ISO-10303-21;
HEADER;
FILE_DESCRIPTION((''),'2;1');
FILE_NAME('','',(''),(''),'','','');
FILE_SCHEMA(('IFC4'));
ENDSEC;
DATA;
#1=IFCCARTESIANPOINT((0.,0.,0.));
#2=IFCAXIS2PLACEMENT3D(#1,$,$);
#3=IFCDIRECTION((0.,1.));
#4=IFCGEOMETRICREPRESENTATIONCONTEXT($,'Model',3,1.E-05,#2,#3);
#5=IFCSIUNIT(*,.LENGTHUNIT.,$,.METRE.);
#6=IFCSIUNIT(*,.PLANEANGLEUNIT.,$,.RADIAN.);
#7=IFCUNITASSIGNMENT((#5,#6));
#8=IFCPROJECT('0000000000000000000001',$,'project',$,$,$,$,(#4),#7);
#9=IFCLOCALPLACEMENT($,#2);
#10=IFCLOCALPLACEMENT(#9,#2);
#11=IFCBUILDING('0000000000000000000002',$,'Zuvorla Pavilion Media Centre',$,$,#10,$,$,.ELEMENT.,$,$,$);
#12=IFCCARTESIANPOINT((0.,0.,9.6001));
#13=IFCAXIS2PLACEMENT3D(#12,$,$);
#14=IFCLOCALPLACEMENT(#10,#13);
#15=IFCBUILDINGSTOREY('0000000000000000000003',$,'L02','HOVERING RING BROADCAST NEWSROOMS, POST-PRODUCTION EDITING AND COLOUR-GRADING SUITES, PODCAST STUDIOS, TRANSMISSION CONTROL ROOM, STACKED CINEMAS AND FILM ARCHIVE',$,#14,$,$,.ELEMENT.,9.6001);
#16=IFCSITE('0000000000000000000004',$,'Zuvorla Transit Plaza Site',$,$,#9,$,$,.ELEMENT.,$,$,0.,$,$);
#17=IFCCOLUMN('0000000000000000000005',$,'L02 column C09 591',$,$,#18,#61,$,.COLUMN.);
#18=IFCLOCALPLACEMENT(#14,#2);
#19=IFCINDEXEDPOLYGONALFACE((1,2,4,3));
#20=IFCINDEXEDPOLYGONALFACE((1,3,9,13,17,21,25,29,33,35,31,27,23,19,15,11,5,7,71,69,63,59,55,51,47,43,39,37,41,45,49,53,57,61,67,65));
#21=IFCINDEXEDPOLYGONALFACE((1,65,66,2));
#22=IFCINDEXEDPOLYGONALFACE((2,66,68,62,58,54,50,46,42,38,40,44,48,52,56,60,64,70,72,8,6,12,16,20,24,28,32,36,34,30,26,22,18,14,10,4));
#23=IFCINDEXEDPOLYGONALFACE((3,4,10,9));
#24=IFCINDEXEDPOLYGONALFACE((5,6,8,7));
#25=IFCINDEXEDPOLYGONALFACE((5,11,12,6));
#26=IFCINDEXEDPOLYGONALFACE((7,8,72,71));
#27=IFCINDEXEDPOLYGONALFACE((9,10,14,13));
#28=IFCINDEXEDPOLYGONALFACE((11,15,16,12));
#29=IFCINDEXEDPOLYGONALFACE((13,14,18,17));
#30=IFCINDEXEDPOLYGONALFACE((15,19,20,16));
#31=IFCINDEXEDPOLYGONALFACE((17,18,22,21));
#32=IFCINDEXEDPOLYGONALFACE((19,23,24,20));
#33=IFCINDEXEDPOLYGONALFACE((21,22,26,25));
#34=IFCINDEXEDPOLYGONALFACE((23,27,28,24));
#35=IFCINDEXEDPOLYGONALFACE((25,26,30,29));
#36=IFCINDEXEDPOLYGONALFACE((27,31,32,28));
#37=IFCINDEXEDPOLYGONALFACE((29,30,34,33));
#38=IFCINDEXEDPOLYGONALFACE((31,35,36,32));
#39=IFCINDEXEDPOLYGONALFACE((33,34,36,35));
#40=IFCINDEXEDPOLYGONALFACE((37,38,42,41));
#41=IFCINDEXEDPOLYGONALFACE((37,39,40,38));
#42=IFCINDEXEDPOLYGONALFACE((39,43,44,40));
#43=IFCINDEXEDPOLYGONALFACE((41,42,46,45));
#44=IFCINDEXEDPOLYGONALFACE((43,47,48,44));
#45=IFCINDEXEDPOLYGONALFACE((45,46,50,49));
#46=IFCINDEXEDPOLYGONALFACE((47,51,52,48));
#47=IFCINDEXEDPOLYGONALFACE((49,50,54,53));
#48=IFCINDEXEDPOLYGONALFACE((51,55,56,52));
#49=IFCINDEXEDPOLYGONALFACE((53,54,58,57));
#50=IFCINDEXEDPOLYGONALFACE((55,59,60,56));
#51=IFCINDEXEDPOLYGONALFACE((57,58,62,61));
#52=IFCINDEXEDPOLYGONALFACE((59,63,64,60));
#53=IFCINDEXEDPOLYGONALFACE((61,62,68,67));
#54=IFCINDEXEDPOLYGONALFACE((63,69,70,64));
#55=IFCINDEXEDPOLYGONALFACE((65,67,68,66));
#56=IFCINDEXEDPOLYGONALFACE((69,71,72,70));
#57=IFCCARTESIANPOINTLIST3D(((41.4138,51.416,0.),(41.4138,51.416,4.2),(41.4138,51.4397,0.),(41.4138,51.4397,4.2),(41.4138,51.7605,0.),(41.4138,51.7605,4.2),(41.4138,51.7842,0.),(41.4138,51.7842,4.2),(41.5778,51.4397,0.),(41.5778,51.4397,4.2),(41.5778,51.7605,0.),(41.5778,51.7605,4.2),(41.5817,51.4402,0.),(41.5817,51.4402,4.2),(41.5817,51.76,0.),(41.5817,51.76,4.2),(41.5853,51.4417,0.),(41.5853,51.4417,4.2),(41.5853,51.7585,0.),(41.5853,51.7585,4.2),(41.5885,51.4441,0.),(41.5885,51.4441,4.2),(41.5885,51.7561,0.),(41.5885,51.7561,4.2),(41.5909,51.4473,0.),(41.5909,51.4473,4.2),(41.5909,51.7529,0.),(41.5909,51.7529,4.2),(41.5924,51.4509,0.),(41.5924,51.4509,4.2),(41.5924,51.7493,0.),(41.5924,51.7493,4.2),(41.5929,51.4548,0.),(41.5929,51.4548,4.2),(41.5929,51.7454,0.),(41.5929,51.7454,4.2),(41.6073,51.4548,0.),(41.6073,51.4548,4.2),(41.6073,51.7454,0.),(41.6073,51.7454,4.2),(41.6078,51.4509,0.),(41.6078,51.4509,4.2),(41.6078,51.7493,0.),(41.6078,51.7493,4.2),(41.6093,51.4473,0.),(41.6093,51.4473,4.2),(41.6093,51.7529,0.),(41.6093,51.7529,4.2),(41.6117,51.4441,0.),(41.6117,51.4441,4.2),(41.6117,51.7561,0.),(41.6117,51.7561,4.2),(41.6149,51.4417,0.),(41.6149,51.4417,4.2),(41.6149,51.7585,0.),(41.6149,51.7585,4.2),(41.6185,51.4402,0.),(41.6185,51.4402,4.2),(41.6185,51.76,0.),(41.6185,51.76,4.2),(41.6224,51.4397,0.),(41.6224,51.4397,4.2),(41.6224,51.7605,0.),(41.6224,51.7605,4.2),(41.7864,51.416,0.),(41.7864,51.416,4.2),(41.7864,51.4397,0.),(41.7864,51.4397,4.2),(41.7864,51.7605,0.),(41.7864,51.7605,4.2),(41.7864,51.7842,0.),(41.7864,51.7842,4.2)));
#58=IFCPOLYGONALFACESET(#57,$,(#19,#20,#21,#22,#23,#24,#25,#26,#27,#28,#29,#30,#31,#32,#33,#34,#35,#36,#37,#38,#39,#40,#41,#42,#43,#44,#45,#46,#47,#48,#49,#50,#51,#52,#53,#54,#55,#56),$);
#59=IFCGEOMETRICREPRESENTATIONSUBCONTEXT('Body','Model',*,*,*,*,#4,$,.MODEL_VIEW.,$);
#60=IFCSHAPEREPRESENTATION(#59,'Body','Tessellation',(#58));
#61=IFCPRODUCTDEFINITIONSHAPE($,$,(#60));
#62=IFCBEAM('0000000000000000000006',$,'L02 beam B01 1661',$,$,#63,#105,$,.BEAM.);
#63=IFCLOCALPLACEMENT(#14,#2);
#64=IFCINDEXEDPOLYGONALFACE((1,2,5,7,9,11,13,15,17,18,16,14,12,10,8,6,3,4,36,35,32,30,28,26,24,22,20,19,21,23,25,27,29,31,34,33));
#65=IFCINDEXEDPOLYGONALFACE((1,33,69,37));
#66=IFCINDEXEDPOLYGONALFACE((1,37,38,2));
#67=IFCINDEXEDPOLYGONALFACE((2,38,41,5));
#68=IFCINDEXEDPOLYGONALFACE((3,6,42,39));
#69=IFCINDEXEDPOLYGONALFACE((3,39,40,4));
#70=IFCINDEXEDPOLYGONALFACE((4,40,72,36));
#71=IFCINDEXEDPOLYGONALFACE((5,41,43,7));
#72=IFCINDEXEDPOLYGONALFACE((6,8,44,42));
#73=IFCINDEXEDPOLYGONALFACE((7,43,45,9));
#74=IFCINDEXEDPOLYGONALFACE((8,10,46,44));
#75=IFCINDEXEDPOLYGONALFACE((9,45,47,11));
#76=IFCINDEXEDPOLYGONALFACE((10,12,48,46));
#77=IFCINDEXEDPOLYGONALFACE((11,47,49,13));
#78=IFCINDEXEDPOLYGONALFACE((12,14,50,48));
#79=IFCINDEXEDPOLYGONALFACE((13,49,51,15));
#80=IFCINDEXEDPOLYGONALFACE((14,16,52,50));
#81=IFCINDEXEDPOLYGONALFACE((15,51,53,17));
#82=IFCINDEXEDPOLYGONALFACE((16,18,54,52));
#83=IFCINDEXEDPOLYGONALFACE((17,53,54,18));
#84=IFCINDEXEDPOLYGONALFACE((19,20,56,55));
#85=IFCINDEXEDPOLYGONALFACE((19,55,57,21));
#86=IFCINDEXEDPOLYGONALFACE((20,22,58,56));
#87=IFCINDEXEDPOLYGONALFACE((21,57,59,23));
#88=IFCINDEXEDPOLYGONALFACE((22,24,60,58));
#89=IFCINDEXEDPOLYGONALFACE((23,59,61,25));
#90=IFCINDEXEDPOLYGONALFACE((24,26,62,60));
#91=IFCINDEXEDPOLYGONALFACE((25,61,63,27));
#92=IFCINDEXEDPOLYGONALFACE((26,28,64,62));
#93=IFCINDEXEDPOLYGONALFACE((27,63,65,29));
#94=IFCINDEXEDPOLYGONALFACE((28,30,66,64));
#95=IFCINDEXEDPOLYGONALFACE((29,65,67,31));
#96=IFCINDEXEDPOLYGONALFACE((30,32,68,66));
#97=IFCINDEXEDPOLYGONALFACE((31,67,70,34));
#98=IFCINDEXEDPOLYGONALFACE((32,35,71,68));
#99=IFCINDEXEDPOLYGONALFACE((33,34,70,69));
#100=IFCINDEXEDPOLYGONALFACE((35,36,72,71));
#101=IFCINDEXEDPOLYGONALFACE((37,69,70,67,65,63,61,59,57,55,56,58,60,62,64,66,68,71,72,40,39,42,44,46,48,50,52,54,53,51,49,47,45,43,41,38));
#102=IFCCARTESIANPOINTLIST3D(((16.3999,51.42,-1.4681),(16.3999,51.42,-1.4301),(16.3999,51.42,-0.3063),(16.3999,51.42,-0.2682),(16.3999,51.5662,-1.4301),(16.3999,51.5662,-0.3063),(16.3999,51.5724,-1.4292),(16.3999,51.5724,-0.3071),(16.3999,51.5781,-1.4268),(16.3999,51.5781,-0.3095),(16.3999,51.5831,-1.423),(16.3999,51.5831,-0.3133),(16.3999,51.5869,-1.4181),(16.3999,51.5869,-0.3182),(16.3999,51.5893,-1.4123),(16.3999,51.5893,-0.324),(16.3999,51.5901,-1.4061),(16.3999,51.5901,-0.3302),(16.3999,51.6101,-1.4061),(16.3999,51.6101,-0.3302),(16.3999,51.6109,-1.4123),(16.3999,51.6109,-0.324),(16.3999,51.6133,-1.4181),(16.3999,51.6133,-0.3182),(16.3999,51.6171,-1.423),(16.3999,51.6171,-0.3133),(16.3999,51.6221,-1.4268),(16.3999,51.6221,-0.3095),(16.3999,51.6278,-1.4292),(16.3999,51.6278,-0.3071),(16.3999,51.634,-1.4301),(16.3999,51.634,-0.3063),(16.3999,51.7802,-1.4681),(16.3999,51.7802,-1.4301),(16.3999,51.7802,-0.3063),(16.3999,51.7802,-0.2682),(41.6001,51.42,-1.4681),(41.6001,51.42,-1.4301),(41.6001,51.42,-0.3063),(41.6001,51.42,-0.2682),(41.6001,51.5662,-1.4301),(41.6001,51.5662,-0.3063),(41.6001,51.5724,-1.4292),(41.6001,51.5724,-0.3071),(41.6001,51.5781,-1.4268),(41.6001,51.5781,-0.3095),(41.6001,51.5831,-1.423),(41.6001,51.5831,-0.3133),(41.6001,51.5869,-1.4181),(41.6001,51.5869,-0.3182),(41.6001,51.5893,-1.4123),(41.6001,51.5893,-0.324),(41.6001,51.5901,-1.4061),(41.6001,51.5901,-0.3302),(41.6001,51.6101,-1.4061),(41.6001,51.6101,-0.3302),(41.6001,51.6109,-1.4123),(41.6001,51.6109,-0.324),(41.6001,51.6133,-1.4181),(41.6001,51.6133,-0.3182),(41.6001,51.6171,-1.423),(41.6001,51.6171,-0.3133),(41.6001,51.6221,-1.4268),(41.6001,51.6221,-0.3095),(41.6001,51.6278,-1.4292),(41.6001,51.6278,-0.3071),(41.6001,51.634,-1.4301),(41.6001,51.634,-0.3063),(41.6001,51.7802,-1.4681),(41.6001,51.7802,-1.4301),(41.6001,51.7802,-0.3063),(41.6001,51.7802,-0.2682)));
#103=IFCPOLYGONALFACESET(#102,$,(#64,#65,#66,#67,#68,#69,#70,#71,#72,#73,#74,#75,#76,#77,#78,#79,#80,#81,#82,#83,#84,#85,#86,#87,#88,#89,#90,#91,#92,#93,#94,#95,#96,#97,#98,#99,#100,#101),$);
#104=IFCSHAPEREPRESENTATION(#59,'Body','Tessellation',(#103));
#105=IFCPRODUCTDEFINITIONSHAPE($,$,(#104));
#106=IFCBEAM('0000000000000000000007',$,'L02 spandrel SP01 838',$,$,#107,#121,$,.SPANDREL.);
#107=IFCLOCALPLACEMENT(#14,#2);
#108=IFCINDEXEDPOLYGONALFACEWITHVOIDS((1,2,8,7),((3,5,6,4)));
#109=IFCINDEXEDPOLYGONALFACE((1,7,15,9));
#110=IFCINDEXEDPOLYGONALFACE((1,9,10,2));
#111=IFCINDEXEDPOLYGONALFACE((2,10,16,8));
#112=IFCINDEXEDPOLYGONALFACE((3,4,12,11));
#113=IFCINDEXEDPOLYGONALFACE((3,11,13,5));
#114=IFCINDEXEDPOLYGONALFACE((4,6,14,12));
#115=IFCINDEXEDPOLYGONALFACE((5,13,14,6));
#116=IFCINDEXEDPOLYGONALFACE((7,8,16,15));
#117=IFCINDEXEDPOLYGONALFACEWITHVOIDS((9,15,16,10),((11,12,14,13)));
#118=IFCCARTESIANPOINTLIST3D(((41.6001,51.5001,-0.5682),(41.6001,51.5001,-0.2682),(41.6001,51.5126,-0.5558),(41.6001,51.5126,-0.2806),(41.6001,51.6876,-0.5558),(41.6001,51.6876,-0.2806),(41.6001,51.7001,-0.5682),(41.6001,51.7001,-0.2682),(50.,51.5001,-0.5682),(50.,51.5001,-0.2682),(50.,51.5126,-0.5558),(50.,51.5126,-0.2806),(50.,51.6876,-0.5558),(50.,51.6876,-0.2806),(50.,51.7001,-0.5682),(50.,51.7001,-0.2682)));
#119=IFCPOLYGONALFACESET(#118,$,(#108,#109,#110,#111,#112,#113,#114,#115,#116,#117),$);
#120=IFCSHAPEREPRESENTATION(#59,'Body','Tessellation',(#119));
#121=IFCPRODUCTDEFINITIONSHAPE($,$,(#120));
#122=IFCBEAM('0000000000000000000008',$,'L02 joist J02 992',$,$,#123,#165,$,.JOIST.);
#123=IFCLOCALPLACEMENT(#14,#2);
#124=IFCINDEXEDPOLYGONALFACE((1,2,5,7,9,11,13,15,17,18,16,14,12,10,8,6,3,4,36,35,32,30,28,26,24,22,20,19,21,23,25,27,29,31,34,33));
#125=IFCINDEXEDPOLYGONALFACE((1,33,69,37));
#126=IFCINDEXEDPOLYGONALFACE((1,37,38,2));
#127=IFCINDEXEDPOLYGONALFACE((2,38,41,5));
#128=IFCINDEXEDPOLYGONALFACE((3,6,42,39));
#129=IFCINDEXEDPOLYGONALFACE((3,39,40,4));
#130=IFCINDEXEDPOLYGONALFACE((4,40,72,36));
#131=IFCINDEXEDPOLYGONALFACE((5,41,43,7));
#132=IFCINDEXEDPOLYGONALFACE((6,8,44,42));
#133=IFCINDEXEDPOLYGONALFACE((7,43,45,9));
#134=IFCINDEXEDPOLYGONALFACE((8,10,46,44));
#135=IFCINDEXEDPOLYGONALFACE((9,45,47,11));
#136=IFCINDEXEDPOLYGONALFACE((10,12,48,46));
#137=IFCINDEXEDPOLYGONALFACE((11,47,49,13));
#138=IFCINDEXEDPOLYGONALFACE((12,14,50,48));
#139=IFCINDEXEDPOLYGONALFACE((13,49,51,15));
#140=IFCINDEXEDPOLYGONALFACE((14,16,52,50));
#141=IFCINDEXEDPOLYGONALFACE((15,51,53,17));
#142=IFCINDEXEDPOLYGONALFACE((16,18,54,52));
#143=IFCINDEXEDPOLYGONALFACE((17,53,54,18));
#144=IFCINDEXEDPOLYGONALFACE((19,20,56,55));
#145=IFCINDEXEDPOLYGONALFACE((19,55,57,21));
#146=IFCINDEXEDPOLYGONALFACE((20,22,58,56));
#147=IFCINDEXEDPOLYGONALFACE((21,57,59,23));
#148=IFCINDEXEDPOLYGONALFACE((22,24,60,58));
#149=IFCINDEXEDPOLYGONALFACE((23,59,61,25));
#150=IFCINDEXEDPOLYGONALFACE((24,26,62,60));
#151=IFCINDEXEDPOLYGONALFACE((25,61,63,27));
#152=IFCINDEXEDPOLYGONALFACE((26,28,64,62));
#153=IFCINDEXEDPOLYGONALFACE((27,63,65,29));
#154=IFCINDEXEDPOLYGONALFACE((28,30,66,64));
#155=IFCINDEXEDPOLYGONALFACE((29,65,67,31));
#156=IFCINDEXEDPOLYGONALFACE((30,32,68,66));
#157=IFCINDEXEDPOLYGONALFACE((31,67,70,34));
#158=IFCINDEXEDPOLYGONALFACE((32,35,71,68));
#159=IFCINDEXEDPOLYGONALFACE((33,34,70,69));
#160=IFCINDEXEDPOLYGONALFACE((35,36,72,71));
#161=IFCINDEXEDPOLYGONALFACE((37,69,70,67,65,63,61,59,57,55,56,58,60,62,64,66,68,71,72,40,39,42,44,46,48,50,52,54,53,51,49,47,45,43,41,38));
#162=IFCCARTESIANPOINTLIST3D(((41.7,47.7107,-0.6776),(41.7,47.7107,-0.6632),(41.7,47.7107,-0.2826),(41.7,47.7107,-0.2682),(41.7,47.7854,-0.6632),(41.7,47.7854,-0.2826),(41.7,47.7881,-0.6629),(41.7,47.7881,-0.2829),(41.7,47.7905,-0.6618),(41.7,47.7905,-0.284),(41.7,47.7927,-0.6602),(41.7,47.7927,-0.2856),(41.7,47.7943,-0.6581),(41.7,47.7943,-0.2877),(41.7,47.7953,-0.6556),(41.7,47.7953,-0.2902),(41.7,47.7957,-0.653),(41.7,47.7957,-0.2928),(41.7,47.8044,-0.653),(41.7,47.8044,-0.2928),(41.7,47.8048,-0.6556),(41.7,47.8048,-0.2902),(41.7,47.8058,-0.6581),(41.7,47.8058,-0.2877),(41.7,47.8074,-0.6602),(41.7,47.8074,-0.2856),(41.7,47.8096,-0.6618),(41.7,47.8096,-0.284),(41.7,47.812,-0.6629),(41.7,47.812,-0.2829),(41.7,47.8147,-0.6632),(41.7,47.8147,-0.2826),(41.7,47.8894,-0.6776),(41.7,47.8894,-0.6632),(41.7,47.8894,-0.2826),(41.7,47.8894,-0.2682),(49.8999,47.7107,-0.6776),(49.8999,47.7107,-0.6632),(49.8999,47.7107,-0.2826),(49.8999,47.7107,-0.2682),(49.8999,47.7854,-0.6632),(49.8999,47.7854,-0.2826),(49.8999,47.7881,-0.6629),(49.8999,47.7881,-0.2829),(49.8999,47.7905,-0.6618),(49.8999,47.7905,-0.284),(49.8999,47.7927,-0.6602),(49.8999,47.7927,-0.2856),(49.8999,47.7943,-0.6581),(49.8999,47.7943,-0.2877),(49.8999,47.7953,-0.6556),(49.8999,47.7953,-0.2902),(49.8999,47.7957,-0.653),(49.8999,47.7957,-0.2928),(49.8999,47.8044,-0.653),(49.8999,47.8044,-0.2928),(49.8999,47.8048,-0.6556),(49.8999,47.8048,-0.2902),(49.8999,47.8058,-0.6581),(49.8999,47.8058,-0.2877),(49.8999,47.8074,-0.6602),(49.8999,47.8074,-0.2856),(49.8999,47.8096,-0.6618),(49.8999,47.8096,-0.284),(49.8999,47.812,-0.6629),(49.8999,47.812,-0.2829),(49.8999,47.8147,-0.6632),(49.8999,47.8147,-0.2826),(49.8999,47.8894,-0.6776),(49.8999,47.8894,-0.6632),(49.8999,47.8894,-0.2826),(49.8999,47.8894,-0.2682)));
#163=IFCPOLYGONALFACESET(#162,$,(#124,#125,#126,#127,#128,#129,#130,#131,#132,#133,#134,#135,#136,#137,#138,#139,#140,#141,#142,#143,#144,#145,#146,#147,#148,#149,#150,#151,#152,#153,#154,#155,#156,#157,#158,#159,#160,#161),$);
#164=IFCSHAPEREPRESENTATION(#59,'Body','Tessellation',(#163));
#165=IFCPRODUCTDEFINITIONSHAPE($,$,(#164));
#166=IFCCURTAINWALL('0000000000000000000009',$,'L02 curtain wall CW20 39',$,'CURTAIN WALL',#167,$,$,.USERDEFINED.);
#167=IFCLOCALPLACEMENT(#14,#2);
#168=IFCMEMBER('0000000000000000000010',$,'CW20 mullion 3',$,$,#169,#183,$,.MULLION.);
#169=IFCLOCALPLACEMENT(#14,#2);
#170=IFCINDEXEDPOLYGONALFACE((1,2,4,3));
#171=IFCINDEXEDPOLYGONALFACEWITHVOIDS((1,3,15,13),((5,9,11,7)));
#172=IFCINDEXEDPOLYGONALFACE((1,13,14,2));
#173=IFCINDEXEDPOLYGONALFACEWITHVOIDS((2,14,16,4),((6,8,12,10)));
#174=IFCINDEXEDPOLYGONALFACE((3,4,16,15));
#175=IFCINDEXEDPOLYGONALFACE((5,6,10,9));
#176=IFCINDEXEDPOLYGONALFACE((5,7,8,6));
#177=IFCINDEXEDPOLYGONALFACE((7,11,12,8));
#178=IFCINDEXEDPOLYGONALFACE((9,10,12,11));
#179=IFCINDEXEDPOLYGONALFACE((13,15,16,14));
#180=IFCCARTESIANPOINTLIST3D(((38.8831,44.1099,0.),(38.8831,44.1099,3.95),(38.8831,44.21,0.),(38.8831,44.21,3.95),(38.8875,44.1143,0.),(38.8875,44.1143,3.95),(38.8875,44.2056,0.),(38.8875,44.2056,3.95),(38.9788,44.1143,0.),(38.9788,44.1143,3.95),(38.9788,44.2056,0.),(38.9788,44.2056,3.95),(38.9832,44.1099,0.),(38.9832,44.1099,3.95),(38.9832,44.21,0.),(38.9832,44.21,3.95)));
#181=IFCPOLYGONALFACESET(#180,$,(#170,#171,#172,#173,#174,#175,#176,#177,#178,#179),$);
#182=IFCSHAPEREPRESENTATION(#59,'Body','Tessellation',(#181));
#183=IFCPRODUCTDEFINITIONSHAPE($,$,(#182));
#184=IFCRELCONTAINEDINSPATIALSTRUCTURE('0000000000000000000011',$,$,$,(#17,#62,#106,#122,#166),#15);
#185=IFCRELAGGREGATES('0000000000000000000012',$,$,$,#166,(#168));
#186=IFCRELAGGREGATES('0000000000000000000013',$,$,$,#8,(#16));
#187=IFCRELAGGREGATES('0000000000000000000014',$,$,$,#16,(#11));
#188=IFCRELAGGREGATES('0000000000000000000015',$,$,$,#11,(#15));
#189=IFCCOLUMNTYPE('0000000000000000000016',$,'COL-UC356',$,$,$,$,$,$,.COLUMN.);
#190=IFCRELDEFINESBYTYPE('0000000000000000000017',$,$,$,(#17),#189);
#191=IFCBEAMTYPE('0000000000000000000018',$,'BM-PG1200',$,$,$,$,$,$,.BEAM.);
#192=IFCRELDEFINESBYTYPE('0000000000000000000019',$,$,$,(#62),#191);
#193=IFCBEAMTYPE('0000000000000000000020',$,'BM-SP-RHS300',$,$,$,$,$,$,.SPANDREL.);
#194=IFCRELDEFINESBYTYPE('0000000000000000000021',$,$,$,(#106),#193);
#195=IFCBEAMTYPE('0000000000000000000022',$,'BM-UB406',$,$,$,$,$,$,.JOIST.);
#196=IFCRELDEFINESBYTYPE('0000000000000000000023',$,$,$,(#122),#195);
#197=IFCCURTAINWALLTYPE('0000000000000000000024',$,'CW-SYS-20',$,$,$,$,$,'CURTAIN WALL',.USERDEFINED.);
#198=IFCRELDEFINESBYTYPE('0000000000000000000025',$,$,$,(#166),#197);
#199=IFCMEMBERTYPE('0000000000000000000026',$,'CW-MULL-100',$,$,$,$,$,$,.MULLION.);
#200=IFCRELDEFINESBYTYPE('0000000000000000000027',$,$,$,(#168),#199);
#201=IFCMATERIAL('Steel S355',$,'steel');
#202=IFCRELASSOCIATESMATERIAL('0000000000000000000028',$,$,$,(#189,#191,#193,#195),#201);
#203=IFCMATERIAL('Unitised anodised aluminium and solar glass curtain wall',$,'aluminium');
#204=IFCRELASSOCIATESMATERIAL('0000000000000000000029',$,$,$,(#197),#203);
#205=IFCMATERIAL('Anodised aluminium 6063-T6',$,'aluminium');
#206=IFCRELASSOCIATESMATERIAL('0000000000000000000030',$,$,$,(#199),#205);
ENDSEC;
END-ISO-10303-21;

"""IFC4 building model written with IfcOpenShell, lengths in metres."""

from ifc_helpers import new_model, si_unit, direction, frame, origin, origin_2d, place, context, subcontext, project, spatial, hollow_rectangle, i_section, extrude, material, material_profile, profile_set, type_object, element, aggregate, save


model = new_model("IFC4")

# Units and contexts
model_context = context("Model", 3, precision=1e-05, world=origin(), true_north=direction((0.0, 1.0)))
body_context = subcontext(model_context, "Body", "Model", "MODEL_VIEW")
ifc_project = project(units=[si_unit("LENGTHUNIT", "METRE"), si_unit("PLANEANGLEUNIT", "RADIAN")], contexts=[model_context])

# Site, building, storey
site_placement = place(None, origin())
site = spatial("IfcSite", under=ifc_project, at=site_placement, Name="Zuvorla Transit Plaza Site", CompositionType="ELEMENT", RefElevation=0.0)
building_placement = place(site_placement, origin())
building = spatial("IfcBuilding", under=site, at=building_placement, Name="Zuvorla Pavilion Media Centre", CompositionType="ELEMENT")
storey_placement = place(building_placement, frame((0.0, 0.0, 9.6001)))
storey = spatial("IfcBuildingStorey", under=building, at=storey_placement, Name="L02", Description="HOVERING RING BROADCAST NEWSROOMS, POST-PRODUCTION EDITING AND COLOUR-GRADING SUITES, PODCAST STUDIOS, TRANSMISSION CONTROL ROOM, STACKED CINEMAS AND FILM ARCHIVE", CompositionType="ELEMENT", Elevation=9.6001)

# Column
ifc_material_1 = material(Name="Steel S355", Category="steel")
ifc_material_profile_1 = material_profile(ifc_material_1, i_section(OverallWidth=0.3726, OverallDepth=0.3682, WebThickness=0.0144, FlangeThickness=0.0237, FilletRadius=0.0151, at=origin_2d()), Name="UC 356x368x177")
ifc_profile_set_1 = profile_set([ifc_material_profile_1], Name="Steel S355")
column_type = type_object("IfcColumnType", Name="COL-UC356", PredefinedType="COLUMN", material=ifc_profile_set_1)
column_placement = place(storey_placement, frame((41.6001, 51.6001, 0.0), z_axis=(0.0, 0.0, 1.0), x_axis=(1.0, 0.0, 0.0)))
element("IfcColumn", 1, at=column_placement, inside=storey, type_object=column_type, Name="L02 column C09 591", PredefinedType="COLUMN", context=body_context, shape_type="SweptSolid", body=[
    extrude(i_section(OverallWidth=0.3726, OverallDepth=0.3682, WebThickness=0.0144, FlangeThickness=0.0237, FilletRadius=0.0151, at=origin_2d()), origin(), (0.0, 0.0, 1.0), 4.2),
])

# Beams
ifc_material_profile_2 = material_profile(ifc_material_1, i_section(OverallWidth=0.3601, OverallDepth=1.2, WebThickness=0.02, FlangeThickness=0.0381, FilletRadius=0.0239, at=origin_2d()), Name="PG 1200x360x38")
ifc_profile_set_2 = profile_set([ifc_material_profile_2], Name="Steel S355")
beam_type_1 = type_object("IfcBeamType", Name="BM-PG1200", PredefinedType="BEAM", material=ifc_profile_set_2)
beam_1_placement = place(storey_placement, frame((41.6001, 51.6001, -0.8682), z_axis=(-1.0, 0.0, 0.0), x_axis=(0.0, -1.0, 0.0)))
element("IfcBeam", 2, at=beam_1_placement, inside=storey, type_object=beam_type_1, Name="L02 beam B01 1661", PredefinedType="BEAM", context=body_context, shape_type="SweptSolid", body=[
    extrude(i_section(OverallWidth=0.3601, OverallDepth=1.2, WebThickness=0.02, FlangeThickness=0.0381, FilletRadius=0.0239, at=origin_2d()), origin(), (0.0, 0.0, 1.0), 25.2002),
])
ifc_material_profile_3 = material_profile(ifc_material_1, hollow_rectangle(XDim=0.2, YDim=0.3, WallThickness=0.0125, at=origin_2d()), Name="RHS 300x200x12.5")
ifc_profile_set_3 = profile_set([ifc_material_profile_3], Name="Steel S355")
beam_type_2 = type_object("IfcBeamType", Name="BM-SP-RHS300", PredefinedType="SPANDREL", material=ifc_profile_set_3)
beam_2_placement = place(storey_placement, frame((41.6001, 51.6001, -0.4182), z_axis=(1.0, 0.0, 0.0), x_axis=(0.0, 1.0, 0.0)))
element("IfcBeam", 3, at=beam_2_placement, inside=storey, type_object=beam_type_2, Name="L02 spandrel SP01 838", PredefinedType="SPANDREL", context=body_context, shape_type="SweptSolid", body=[
    extrude(hollow_rectangle(XDim=0.2, YDim=0.3, WallThickness=0.0125, at=origin_2d()), origin(), (0.0, 0.0, 1.0), 8.3999),
])
ifc_material_profile_4 = material_profile(ifc_material_1, i_section(OverallWidth=0.1787, OverallDepth=0.4094, WebThickness=0.0088, FlangeThickness=0.0144, FilletRadius=0.0103, at=origin_2d()), Name="UB 406x178x67")
ifc_profile_set_4 = profile_set([ifc_material_profile_4], Name="Steel S355")
beam_type_3 = type_object("IfcBeamType", Name="BM-UB406", PredefinedType="JOIST", material=ifc_profile_set_4)
beam_3_placement = place(storey_placement, frame((41.7, 47.8, -0.4729), z_axis=(1.0, 0.0, 0.0), x_axis=(0.0, 1.0, 0.0)))
element("IfcBeam", 4, at=beam_3_placement, inside=storey, type_object=beam_type_3, Name="L02 joist J02 992", PredefinedType="JOIST", context=body_context, shape_type="SweptSolid", body=[
    extrude(i_section(OverallWidth=0.1787, OverallDepth=0.4094, WebThickness=0.0088, FlangeThickness=0.0144, FilletRadius=0.0103, at=origin_2d()), origin(), (0.0, 0.0, 1.0), 8.2),
])

# Curtain wall, member
ifc_material_2 = material(Name="Unitised anodised aluminium and solar glass curtain wall", Category="aluminium")
curtain_wall_type_1 = type_object("IfcCurtainWallType", Name="CW-SYS-20", ElementType="CURTAIN WALL", PredefinedType="USERDEFINED", material=ifc_material_2)
curtain_wall_1_placement = place(storey_placement, origin())
curtain_wall_1 = element("IfcCurtainWall", 5, at=curtain_wall_1_placement, inside=storey, type_object=curtain_wall_type_1, Name="L02 curtain wall CW20 39", ObjectType="CURTAIN WALL", PredefinedType="USERDEFINED")
ifc_material_3 = material(Name="Anodised aluminium 6063-T6", Category="aluminium")
ifc_material_profile_5 = material_profile(ifc_material_3, hollow_rectangle(XDim=0.1001, YDim=0.1001, WallThickness=0.0044, at=origin_2d()), Name="ALU MULL 100x100")
ifc_profile_set_5 = profile_set([ifc_material_profile_5], Name="Anodised aluminium 6063-T6")
member_type_1 = type_object("IfcMemberType", Name="CW-MULL-100", PredefinedType="MULLION", material=ifc_profile_set_5)
member_1_placement = place(storey_placement, frame((38.9331, 44.1599, 0.0), z_axis=(0.0, 0.0, 1.0), x_axis=(1.0, 0.0, 0.0)))
member_1 = element("IfcMember", 6, at=member_1_placement, type_object=member_type_1, Name="CW20 mullion 3", PredefinedType="MULLION", context=body_context, shape_type="SweptSolid", body=[
    extrude(hollow_rectangle(XDim=0.1001, YDim=0.1001, WallThickness=0.0044, at=origin_2d()), origin(), (0.0, 0.0, 1.0), 3.95),
])

aggregate(curtain_wall_1, [member_1])

save(model, "model.ifc")
